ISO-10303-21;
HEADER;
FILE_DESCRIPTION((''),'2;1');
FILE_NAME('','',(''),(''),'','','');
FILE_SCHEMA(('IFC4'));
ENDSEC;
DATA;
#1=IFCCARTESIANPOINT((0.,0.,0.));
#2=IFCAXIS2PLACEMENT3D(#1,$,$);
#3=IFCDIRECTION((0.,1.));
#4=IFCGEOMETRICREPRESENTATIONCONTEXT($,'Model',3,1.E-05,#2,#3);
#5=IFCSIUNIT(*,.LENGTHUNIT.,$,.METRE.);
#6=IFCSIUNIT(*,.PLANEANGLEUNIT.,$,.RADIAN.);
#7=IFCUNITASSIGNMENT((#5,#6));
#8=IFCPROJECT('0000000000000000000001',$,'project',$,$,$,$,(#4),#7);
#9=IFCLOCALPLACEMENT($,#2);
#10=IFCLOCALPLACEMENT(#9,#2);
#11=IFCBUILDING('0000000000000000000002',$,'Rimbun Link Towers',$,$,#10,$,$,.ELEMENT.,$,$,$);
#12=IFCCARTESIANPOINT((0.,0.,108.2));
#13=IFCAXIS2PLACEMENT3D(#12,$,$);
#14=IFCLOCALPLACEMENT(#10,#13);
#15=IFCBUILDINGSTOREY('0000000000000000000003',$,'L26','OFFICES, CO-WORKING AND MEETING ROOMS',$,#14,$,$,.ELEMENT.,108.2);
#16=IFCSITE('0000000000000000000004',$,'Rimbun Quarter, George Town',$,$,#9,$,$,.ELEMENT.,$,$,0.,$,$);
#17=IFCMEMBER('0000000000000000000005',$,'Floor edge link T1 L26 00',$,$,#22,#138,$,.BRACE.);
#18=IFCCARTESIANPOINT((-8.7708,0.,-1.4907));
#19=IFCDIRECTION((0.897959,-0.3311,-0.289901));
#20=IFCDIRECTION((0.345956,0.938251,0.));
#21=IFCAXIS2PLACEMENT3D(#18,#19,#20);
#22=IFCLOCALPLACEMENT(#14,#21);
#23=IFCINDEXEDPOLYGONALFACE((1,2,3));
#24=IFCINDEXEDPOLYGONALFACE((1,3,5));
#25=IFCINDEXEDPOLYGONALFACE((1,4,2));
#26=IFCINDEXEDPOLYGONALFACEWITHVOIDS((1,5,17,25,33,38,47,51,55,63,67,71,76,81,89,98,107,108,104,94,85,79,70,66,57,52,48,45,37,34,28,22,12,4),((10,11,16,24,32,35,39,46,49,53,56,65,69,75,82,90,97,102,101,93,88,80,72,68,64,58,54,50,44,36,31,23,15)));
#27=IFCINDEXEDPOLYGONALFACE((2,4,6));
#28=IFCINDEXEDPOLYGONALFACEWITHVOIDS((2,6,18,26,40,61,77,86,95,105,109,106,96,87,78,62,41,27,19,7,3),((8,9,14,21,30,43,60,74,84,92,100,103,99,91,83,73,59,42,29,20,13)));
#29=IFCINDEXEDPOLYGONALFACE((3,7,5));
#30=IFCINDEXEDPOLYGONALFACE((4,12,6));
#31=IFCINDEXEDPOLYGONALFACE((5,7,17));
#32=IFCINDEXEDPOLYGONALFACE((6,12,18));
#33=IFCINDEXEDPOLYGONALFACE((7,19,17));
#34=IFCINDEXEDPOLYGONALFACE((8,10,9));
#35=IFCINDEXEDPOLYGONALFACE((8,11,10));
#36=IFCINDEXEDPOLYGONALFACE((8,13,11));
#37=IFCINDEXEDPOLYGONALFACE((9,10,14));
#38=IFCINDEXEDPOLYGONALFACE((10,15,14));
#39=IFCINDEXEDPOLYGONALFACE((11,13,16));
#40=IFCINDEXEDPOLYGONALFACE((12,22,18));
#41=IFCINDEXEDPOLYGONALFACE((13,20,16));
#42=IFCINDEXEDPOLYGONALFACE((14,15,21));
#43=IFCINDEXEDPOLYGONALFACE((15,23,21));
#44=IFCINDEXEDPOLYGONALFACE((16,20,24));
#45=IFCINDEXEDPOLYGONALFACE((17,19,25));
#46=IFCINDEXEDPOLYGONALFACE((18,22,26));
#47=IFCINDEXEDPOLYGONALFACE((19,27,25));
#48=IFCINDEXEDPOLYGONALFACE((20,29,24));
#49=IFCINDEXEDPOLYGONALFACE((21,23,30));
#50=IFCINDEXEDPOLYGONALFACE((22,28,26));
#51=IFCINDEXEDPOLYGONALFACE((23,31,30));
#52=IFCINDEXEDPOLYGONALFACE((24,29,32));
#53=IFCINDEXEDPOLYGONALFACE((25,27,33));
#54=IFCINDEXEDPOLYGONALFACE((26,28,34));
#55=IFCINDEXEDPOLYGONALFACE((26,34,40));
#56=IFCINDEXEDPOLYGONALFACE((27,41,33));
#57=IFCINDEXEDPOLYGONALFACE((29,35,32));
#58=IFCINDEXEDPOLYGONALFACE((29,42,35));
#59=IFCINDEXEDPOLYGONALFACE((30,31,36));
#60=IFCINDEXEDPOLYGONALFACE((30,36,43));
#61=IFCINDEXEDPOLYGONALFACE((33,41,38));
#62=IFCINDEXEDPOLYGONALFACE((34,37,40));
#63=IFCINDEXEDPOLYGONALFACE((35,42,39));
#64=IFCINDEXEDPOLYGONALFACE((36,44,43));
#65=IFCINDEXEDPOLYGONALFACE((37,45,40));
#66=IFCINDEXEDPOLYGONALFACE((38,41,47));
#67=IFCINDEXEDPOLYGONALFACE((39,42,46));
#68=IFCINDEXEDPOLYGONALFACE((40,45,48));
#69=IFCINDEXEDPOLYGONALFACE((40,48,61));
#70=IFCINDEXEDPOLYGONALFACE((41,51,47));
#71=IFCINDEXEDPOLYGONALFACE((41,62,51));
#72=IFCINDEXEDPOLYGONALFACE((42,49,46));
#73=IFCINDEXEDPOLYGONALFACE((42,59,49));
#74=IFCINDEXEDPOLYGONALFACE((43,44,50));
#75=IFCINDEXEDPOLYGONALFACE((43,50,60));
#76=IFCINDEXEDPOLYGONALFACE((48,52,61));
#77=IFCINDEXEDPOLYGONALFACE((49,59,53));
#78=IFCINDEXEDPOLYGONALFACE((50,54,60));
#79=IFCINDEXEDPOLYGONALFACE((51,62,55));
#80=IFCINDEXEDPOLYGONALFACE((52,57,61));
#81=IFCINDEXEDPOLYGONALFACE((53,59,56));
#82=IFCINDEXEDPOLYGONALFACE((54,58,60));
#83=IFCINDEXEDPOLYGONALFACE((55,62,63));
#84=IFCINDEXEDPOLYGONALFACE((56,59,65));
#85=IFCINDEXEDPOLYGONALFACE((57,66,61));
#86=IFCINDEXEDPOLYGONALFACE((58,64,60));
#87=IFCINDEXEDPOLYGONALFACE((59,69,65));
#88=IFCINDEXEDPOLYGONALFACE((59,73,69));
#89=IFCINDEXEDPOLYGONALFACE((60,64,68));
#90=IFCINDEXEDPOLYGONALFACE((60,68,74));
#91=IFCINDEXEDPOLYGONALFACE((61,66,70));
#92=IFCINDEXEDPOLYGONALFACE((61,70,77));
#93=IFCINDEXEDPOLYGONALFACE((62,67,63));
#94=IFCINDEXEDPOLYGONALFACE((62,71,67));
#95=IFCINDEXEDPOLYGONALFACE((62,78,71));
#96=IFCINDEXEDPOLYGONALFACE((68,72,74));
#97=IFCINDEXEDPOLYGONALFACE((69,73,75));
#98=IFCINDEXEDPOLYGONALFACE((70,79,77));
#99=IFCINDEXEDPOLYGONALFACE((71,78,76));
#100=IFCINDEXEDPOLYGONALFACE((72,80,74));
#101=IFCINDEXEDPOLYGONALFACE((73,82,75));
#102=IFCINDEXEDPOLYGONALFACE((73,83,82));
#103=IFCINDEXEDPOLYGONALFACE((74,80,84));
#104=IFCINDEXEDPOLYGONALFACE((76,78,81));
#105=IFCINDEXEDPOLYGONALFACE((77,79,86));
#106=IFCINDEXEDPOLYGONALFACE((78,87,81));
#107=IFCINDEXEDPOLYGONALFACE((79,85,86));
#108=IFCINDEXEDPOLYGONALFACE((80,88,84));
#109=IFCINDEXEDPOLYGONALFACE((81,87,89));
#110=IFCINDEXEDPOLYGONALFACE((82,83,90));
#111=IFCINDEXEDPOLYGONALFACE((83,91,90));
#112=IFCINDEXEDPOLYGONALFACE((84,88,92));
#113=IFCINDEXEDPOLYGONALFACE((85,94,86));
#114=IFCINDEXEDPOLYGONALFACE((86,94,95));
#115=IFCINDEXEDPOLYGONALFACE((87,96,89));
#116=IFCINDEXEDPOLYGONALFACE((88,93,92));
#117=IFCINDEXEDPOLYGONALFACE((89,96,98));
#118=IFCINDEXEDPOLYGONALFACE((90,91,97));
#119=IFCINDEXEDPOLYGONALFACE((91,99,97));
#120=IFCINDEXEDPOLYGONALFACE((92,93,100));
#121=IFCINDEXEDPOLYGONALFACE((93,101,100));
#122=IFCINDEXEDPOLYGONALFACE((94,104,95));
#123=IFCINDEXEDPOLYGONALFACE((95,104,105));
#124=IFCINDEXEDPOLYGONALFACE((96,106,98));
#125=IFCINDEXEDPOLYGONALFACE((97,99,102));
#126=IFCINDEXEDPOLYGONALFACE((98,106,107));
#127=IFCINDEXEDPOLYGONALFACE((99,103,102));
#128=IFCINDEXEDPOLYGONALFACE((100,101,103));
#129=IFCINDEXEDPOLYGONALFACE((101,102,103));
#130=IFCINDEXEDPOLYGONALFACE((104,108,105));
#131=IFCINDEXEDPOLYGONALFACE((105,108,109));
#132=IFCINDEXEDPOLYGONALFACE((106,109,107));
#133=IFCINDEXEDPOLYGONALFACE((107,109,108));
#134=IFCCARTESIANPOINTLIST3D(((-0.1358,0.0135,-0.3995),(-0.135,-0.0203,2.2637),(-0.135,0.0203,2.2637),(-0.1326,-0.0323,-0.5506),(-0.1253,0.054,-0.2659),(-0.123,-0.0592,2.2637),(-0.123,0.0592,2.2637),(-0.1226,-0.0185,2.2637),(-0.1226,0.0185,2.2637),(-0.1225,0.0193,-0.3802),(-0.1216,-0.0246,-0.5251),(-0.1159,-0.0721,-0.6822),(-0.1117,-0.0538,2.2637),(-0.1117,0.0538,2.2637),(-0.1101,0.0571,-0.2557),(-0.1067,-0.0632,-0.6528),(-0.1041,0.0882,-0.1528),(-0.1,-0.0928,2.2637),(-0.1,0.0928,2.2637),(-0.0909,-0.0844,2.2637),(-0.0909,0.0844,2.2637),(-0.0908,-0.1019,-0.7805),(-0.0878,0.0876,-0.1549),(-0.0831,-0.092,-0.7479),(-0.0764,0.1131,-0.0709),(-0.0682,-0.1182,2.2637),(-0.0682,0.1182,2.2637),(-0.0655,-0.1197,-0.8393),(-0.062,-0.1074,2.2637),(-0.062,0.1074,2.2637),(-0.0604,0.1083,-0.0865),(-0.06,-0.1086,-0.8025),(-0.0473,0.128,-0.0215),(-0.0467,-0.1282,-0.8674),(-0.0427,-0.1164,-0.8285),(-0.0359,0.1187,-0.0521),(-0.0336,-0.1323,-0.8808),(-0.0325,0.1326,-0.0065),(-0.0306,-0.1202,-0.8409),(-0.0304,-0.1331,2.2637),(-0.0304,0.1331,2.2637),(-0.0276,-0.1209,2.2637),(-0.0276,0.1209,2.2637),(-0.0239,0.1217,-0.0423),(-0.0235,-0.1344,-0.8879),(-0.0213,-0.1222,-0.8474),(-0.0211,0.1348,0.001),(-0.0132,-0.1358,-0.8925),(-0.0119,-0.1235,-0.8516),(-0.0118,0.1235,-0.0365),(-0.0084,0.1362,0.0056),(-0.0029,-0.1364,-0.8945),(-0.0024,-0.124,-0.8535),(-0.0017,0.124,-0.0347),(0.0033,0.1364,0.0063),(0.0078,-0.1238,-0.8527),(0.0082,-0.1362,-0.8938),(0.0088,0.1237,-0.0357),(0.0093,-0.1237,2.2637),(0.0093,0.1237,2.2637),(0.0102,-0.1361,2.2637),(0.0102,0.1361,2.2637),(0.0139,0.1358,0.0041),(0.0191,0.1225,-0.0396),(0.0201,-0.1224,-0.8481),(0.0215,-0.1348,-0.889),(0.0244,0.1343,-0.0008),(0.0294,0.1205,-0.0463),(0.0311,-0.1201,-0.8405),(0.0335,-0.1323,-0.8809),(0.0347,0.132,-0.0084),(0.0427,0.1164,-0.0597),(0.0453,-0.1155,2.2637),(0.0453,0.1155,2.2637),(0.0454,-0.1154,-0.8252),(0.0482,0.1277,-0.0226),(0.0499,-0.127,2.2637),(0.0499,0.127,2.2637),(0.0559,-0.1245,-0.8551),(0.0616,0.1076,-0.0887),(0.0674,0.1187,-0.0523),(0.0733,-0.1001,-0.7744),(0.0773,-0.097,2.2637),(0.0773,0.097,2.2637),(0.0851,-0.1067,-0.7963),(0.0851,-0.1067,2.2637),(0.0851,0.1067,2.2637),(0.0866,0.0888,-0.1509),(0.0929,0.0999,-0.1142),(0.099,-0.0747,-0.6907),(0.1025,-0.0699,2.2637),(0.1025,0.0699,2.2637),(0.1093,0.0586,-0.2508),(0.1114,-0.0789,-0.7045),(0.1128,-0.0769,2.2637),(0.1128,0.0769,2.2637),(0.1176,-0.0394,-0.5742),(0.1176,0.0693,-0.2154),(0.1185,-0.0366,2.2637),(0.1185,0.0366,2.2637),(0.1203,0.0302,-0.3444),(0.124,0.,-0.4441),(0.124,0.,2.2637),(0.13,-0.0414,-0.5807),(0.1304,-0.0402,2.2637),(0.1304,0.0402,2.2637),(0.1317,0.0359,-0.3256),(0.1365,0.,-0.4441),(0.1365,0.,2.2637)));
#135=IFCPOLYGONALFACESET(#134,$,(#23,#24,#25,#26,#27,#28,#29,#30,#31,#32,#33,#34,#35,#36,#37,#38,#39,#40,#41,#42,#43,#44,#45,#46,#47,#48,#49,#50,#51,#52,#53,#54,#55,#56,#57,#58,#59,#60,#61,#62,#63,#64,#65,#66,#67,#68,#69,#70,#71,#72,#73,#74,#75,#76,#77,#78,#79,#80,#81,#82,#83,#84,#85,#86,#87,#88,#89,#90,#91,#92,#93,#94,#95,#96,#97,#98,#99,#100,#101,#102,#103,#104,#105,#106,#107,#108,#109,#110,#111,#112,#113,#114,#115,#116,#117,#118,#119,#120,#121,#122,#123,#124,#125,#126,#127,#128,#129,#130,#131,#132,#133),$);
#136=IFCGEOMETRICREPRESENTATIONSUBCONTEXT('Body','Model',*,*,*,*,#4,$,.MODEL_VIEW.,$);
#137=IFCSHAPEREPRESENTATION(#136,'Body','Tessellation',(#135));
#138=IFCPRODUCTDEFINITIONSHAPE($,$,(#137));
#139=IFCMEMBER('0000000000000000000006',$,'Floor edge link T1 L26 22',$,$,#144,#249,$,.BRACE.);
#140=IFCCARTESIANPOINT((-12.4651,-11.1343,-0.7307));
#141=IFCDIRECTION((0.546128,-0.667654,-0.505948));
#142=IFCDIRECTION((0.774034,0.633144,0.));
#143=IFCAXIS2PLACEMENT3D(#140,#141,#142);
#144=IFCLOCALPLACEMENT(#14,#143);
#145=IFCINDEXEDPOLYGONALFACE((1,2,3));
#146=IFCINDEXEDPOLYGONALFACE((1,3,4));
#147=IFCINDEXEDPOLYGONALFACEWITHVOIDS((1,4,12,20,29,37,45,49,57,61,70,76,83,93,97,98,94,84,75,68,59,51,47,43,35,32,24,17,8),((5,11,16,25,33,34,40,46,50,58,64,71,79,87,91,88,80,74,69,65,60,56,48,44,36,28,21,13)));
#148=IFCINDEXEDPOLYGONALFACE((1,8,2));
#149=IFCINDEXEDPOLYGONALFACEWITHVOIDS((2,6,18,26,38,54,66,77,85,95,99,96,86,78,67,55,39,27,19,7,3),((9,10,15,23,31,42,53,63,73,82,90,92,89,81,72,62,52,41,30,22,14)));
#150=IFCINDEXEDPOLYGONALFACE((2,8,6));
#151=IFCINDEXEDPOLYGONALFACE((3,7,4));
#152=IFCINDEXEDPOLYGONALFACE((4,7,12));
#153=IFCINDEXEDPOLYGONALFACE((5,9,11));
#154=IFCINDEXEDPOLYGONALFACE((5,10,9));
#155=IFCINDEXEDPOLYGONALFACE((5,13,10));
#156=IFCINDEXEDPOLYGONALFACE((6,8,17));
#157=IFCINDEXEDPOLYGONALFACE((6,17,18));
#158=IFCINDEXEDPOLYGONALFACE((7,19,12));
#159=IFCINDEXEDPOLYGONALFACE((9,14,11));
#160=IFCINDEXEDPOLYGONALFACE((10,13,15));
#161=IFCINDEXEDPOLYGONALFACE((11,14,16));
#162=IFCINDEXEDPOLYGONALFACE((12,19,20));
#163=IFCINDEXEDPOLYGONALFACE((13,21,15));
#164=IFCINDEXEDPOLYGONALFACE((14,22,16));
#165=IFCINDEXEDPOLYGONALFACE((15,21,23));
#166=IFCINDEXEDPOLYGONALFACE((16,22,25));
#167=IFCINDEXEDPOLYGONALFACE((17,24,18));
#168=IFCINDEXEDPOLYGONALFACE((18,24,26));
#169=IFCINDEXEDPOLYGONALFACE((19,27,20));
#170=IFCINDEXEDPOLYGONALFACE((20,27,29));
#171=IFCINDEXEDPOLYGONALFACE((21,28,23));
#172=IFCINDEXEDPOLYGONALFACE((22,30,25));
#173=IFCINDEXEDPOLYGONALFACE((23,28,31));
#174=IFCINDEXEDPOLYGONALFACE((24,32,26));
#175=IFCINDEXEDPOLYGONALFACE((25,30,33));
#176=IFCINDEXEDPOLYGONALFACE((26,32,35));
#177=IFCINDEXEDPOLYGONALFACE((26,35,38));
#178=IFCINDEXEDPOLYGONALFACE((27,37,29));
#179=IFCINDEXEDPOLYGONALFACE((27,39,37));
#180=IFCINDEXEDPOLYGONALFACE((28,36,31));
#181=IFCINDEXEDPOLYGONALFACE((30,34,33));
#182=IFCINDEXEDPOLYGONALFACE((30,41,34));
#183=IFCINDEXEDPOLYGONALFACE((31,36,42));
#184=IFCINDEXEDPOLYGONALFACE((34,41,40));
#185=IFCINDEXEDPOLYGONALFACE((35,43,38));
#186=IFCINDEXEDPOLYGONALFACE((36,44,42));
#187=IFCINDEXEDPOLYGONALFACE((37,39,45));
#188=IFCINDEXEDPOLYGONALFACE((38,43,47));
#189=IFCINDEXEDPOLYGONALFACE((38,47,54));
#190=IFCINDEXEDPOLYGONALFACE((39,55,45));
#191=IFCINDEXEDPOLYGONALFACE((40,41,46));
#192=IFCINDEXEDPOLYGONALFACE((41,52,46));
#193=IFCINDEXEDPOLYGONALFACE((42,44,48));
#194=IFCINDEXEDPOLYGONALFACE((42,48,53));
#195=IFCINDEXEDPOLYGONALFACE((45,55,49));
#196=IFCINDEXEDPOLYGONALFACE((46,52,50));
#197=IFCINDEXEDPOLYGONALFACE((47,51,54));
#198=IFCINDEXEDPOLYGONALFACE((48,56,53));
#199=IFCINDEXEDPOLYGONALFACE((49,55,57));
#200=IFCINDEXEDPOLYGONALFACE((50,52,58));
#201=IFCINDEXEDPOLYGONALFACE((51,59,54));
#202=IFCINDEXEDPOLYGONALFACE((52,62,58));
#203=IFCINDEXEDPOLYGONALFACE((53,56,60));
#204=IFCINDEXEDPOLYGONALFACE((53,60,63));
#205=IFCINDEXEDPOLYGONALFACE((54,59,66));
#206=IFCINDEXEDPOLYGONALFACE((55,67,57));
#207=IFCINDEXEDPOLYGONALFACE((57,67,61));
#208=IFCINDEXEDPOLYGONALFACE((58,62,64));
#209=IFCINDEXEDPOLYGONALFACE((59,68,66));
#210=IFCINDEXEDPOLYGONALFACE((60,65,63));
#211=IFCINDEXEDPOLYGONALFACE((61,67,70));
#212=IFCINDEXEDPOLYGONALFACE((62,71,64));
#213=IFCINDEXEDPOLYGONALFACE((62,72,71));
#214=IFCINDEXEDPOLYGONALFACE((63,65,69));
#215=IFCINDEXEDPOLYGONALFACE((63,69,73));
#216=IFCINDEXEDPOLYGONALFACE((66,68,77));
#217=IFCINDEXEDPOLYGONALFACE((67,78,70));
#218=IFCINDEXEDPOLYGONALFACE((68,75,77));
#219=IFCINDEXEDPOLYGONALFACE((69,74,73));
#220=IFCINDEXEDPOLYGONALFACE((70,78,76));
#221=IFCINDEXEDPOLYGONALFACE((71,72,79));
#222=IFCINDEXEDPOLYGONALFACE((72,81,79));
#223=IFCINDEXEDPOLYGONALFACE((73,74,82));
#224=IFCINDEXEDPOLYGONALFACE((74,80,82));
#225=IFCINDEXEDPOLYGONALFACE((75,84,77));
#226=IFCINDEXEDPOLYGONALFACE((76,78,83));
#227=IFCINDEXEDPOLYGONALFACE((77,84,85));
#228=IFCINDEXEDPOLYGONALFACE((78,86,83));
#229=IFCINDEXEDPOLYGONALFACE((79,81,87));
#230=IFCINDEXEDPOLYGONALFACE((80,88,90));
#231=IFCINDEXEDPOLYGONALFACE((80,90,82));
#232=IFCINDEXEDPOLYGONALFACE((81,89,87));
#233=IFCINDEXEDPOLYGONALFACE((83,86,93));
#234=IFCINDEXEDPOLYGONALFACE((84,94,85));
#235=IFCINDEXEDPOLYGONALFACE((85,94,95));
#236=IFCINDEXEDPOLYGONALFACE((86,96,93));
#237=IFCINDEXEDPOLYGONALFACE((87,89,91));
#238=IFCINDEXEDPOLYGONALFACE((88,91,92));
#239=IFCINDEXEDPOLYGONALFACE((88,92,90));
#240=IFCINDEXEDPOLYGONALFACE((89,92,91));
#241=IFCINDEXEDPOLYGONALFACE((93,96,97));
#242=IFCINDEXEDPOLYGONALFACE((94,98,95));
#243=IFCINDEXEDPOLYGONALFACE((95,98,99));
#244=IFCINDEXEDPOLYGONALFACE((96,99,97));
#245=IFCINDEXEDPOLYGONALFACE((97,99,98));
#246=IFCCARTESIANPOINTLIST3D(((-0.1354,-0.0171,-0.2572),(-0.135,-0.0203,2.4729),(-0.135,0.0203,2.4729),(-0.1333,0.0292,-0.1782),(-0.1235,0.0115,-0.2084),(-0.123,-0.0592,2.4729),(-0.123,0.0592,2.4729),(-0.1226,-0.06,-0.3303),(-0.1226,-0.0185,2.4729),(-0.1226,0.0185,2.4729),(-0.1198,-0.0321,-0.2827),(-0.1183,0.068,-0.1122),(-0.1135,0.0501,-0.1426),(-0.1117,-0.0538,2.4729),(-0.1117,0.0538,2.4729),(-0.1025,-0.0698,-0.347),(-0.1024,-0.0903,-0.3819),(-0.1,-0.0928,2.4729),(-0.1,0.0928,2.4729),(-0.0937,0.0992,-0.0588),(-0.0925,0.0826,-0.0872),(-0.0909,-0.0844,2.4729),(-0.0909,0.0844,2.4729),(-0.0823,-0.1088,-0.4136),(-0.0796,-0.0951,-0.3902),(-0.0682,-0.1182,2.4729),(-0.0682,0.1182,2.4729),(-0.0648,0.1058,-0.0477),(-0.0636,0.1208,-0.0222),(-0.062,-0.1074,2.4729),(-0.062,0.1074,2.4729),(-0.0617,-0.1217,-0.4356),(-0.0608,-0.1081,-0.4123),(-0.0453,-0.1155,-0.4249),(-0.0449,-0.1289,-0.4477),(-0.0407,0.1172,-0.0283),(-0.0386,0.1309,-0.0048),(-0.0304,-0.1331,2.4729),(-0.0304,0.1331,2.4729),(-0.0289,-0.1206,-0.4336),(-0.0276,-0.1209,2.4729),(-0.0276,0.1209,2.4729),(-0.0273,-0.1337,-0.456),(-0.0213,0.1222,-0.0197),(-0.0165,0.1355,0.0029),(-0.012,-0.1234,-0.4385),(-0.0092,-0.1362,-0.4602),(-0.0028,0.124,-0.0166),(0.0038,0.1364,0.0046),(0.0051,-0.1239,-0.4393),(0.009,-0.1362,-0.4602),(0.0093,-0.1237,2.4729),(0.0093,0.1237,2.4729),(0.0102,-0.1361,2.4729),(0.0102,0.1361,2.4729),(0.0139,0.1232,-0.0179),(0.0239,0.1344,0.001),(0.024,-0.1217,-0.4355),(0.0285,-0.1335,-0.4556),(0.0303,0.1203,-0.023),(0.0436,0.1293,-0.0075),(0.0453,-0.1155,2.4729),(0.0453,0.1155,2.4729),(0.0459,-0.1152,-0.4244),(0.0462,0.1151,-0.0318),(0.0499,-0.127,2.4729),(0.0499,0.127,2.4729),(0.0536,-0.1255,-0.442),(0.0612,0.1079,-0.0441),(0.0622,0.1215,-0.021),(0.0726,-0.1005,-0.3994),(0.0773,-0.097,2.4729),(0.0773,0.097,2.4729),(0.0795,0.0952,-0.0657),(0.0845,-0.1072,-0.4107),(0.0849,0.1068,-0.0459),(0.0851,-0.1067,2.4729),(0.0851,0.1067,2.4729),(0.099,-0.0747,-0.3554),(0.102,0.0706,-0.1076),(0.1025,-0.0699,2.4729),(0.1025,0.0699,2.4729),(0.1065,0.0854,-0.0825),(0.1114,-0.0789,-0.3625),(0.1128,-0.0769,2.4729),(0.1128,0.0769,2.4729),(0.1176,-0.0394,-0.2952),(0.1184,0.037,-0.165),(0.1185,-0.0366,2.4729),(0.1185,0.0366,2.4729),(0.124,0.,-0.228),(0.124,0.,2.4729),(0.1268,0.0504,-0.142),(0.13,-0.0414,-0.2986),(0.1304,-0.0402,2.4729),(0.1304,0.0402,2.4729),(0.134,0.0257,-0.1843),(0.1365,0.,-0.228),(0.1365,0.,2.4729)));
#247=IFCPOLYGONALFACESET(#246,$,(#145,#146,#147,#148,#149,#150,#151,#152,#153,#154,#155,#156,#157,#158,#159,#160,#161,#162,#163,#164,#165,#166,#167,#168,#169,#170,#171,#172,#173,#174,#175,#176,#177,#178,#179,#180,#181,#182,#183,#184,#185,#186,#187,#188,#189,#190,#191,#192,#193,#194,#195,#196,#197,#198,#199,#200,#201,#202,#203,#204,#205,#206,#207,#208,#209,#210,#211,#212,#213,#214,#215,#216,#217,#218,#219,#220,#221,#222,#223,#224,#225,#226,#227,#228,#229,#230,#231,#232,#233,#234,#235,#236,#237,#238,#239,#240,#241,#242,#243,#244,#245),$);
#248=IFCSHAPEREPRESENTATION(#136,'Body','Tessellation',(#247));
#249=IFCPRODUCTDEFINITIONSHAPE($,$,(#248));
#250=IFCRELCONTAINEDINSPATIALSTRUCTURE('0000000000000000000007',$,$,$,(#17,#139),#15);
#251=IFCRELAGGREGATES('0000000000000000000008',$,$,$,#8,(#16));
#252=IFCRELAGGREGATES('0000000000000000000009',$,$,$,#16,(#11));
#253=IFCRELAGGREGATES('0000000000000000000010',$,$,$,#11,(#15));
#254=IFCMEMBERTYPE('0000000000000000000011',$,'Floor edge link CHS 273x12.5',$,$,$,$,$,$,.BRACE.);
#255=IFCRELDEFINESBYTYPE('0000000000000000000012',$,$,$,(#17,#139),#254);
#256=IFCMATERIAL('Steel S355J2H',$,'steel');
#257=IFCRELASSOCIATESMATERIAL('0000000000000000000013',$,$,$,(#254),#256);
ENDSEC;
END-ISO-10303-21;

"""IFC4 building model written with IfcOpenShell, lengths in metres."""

from ifc_helpers import new_model, si_unit, direction, frame, origin, origin_2d, place, context, subcontext, project, spatial, hollow_circle, extrude, clip, halfspace, material, material_profile, profile_set, type_object, element, save


model = new_model("IFC4")

# Units and contexts
model_context = context("Model", 3, precision=1e-05, world=origin(), true_north=direction((0.0, 1.0)))
body_context = subcontext(model_context, "Body", "Model", "MODEL_VIEW")
ifc_project = project(units=[si_unit("LENGTHUNIT", "METRE"), si_unit("PLANEANGLEUNIT", "RADIAN")], contexts=[model_context])

# Site, building, storey
site_placement = place(None, origin())
site = spatial("IfcSite", under=ifc_project, at=site_placement, Name="Rimbun Quarter, George Town", CompositionType="ELEMENT", RefElevation=0.0)
building_placement = place(site_placement, origin())
building = spatial("IfcBuilding", under=site, at=building_placement, Name="Rimbun Link Towers", CompositionType="ELEMENT")
storey_placement = place(building_placement, frame((0.0, 0.0, 108.2)))
storey = spatial("IfcBuildingStorey", under=building, at=storey_placement, Name="L26", Description="OFFICES, CO-WORKING AND MEETING ROOMS", CompositionType="ELEMENT", Elevation=108.2)

# Members
ifc_material_1 = material(Name="Steel S355J2H", Category="steel")
ifc_material_profile_1 = material_profile(ifc_material_1, hollow_circle(Radius=0.1365, WallThickness=0.0125, at=origin_2d()), Name="CHS 273x12.5")
ifc_profile_set_1 = profile_set([ifc_material_profile_1], Name="Steel S355J2H")
member_type_1 = type_object("IfcMemberType", Name="Floor edge link CHS 273x12.5", PredefinedType="BRACE", material=ifc_profile_set_1)
member_1_placement = place(storey_placement, frame((-8.7708, 0.0, -1.4907), z_axis=(0.897959, -0.3311, -0.289901), x_axis=(0.345956, 0.938251, 0.0)))
element("IfcMember", 1, at=member_1_placement, inside=storey, type_object=member_type_1, Name="Floor edge link T1 L26 00", PredefinedType="BRACE", context=body_context, shape_type="Clipping", body=[
    clip(extrude(hollow_circle(Radius=0.1365, WallThickness=0.0125, at=origin_2d()), frame((0.0, 0.0, -0.9358)), (0.0, 0.0, 1.0), 3.1995), halfspace(frame((0.0, 0.0, -0.4441), z_axis=(0.0, 0.957057, -0.289901)), False)),
])
member_2_placement = place(storey_placement, frame((-12.4651, -11.1343, -0.7307), z_axis=(0.546128, -0.667654, -0.505948), x_axis=(0.774034, 0.633144, 0.0)))
element("IfcMember", 2, at=member_2_placement, inside=storey, type_object=member_type_1, Name="Floor edge link T1 L26 22", PredefinedType="BRACE", context=body_context, shape_type="Clipping", body=[
    clip(extrude(hollow_circle(Radius=0.1365, WallThickness=0.0125, at=origin_2d()), frame((0.0, 0.0, -0.4854)), (0.0, 0.0, 1.0), 2.9583), halfspace(frame((0.0, 0.0, -0.228), z_axis=(0.0, 0.862564, -0.505948)), False)),
])

save(model, "model.ifc")
